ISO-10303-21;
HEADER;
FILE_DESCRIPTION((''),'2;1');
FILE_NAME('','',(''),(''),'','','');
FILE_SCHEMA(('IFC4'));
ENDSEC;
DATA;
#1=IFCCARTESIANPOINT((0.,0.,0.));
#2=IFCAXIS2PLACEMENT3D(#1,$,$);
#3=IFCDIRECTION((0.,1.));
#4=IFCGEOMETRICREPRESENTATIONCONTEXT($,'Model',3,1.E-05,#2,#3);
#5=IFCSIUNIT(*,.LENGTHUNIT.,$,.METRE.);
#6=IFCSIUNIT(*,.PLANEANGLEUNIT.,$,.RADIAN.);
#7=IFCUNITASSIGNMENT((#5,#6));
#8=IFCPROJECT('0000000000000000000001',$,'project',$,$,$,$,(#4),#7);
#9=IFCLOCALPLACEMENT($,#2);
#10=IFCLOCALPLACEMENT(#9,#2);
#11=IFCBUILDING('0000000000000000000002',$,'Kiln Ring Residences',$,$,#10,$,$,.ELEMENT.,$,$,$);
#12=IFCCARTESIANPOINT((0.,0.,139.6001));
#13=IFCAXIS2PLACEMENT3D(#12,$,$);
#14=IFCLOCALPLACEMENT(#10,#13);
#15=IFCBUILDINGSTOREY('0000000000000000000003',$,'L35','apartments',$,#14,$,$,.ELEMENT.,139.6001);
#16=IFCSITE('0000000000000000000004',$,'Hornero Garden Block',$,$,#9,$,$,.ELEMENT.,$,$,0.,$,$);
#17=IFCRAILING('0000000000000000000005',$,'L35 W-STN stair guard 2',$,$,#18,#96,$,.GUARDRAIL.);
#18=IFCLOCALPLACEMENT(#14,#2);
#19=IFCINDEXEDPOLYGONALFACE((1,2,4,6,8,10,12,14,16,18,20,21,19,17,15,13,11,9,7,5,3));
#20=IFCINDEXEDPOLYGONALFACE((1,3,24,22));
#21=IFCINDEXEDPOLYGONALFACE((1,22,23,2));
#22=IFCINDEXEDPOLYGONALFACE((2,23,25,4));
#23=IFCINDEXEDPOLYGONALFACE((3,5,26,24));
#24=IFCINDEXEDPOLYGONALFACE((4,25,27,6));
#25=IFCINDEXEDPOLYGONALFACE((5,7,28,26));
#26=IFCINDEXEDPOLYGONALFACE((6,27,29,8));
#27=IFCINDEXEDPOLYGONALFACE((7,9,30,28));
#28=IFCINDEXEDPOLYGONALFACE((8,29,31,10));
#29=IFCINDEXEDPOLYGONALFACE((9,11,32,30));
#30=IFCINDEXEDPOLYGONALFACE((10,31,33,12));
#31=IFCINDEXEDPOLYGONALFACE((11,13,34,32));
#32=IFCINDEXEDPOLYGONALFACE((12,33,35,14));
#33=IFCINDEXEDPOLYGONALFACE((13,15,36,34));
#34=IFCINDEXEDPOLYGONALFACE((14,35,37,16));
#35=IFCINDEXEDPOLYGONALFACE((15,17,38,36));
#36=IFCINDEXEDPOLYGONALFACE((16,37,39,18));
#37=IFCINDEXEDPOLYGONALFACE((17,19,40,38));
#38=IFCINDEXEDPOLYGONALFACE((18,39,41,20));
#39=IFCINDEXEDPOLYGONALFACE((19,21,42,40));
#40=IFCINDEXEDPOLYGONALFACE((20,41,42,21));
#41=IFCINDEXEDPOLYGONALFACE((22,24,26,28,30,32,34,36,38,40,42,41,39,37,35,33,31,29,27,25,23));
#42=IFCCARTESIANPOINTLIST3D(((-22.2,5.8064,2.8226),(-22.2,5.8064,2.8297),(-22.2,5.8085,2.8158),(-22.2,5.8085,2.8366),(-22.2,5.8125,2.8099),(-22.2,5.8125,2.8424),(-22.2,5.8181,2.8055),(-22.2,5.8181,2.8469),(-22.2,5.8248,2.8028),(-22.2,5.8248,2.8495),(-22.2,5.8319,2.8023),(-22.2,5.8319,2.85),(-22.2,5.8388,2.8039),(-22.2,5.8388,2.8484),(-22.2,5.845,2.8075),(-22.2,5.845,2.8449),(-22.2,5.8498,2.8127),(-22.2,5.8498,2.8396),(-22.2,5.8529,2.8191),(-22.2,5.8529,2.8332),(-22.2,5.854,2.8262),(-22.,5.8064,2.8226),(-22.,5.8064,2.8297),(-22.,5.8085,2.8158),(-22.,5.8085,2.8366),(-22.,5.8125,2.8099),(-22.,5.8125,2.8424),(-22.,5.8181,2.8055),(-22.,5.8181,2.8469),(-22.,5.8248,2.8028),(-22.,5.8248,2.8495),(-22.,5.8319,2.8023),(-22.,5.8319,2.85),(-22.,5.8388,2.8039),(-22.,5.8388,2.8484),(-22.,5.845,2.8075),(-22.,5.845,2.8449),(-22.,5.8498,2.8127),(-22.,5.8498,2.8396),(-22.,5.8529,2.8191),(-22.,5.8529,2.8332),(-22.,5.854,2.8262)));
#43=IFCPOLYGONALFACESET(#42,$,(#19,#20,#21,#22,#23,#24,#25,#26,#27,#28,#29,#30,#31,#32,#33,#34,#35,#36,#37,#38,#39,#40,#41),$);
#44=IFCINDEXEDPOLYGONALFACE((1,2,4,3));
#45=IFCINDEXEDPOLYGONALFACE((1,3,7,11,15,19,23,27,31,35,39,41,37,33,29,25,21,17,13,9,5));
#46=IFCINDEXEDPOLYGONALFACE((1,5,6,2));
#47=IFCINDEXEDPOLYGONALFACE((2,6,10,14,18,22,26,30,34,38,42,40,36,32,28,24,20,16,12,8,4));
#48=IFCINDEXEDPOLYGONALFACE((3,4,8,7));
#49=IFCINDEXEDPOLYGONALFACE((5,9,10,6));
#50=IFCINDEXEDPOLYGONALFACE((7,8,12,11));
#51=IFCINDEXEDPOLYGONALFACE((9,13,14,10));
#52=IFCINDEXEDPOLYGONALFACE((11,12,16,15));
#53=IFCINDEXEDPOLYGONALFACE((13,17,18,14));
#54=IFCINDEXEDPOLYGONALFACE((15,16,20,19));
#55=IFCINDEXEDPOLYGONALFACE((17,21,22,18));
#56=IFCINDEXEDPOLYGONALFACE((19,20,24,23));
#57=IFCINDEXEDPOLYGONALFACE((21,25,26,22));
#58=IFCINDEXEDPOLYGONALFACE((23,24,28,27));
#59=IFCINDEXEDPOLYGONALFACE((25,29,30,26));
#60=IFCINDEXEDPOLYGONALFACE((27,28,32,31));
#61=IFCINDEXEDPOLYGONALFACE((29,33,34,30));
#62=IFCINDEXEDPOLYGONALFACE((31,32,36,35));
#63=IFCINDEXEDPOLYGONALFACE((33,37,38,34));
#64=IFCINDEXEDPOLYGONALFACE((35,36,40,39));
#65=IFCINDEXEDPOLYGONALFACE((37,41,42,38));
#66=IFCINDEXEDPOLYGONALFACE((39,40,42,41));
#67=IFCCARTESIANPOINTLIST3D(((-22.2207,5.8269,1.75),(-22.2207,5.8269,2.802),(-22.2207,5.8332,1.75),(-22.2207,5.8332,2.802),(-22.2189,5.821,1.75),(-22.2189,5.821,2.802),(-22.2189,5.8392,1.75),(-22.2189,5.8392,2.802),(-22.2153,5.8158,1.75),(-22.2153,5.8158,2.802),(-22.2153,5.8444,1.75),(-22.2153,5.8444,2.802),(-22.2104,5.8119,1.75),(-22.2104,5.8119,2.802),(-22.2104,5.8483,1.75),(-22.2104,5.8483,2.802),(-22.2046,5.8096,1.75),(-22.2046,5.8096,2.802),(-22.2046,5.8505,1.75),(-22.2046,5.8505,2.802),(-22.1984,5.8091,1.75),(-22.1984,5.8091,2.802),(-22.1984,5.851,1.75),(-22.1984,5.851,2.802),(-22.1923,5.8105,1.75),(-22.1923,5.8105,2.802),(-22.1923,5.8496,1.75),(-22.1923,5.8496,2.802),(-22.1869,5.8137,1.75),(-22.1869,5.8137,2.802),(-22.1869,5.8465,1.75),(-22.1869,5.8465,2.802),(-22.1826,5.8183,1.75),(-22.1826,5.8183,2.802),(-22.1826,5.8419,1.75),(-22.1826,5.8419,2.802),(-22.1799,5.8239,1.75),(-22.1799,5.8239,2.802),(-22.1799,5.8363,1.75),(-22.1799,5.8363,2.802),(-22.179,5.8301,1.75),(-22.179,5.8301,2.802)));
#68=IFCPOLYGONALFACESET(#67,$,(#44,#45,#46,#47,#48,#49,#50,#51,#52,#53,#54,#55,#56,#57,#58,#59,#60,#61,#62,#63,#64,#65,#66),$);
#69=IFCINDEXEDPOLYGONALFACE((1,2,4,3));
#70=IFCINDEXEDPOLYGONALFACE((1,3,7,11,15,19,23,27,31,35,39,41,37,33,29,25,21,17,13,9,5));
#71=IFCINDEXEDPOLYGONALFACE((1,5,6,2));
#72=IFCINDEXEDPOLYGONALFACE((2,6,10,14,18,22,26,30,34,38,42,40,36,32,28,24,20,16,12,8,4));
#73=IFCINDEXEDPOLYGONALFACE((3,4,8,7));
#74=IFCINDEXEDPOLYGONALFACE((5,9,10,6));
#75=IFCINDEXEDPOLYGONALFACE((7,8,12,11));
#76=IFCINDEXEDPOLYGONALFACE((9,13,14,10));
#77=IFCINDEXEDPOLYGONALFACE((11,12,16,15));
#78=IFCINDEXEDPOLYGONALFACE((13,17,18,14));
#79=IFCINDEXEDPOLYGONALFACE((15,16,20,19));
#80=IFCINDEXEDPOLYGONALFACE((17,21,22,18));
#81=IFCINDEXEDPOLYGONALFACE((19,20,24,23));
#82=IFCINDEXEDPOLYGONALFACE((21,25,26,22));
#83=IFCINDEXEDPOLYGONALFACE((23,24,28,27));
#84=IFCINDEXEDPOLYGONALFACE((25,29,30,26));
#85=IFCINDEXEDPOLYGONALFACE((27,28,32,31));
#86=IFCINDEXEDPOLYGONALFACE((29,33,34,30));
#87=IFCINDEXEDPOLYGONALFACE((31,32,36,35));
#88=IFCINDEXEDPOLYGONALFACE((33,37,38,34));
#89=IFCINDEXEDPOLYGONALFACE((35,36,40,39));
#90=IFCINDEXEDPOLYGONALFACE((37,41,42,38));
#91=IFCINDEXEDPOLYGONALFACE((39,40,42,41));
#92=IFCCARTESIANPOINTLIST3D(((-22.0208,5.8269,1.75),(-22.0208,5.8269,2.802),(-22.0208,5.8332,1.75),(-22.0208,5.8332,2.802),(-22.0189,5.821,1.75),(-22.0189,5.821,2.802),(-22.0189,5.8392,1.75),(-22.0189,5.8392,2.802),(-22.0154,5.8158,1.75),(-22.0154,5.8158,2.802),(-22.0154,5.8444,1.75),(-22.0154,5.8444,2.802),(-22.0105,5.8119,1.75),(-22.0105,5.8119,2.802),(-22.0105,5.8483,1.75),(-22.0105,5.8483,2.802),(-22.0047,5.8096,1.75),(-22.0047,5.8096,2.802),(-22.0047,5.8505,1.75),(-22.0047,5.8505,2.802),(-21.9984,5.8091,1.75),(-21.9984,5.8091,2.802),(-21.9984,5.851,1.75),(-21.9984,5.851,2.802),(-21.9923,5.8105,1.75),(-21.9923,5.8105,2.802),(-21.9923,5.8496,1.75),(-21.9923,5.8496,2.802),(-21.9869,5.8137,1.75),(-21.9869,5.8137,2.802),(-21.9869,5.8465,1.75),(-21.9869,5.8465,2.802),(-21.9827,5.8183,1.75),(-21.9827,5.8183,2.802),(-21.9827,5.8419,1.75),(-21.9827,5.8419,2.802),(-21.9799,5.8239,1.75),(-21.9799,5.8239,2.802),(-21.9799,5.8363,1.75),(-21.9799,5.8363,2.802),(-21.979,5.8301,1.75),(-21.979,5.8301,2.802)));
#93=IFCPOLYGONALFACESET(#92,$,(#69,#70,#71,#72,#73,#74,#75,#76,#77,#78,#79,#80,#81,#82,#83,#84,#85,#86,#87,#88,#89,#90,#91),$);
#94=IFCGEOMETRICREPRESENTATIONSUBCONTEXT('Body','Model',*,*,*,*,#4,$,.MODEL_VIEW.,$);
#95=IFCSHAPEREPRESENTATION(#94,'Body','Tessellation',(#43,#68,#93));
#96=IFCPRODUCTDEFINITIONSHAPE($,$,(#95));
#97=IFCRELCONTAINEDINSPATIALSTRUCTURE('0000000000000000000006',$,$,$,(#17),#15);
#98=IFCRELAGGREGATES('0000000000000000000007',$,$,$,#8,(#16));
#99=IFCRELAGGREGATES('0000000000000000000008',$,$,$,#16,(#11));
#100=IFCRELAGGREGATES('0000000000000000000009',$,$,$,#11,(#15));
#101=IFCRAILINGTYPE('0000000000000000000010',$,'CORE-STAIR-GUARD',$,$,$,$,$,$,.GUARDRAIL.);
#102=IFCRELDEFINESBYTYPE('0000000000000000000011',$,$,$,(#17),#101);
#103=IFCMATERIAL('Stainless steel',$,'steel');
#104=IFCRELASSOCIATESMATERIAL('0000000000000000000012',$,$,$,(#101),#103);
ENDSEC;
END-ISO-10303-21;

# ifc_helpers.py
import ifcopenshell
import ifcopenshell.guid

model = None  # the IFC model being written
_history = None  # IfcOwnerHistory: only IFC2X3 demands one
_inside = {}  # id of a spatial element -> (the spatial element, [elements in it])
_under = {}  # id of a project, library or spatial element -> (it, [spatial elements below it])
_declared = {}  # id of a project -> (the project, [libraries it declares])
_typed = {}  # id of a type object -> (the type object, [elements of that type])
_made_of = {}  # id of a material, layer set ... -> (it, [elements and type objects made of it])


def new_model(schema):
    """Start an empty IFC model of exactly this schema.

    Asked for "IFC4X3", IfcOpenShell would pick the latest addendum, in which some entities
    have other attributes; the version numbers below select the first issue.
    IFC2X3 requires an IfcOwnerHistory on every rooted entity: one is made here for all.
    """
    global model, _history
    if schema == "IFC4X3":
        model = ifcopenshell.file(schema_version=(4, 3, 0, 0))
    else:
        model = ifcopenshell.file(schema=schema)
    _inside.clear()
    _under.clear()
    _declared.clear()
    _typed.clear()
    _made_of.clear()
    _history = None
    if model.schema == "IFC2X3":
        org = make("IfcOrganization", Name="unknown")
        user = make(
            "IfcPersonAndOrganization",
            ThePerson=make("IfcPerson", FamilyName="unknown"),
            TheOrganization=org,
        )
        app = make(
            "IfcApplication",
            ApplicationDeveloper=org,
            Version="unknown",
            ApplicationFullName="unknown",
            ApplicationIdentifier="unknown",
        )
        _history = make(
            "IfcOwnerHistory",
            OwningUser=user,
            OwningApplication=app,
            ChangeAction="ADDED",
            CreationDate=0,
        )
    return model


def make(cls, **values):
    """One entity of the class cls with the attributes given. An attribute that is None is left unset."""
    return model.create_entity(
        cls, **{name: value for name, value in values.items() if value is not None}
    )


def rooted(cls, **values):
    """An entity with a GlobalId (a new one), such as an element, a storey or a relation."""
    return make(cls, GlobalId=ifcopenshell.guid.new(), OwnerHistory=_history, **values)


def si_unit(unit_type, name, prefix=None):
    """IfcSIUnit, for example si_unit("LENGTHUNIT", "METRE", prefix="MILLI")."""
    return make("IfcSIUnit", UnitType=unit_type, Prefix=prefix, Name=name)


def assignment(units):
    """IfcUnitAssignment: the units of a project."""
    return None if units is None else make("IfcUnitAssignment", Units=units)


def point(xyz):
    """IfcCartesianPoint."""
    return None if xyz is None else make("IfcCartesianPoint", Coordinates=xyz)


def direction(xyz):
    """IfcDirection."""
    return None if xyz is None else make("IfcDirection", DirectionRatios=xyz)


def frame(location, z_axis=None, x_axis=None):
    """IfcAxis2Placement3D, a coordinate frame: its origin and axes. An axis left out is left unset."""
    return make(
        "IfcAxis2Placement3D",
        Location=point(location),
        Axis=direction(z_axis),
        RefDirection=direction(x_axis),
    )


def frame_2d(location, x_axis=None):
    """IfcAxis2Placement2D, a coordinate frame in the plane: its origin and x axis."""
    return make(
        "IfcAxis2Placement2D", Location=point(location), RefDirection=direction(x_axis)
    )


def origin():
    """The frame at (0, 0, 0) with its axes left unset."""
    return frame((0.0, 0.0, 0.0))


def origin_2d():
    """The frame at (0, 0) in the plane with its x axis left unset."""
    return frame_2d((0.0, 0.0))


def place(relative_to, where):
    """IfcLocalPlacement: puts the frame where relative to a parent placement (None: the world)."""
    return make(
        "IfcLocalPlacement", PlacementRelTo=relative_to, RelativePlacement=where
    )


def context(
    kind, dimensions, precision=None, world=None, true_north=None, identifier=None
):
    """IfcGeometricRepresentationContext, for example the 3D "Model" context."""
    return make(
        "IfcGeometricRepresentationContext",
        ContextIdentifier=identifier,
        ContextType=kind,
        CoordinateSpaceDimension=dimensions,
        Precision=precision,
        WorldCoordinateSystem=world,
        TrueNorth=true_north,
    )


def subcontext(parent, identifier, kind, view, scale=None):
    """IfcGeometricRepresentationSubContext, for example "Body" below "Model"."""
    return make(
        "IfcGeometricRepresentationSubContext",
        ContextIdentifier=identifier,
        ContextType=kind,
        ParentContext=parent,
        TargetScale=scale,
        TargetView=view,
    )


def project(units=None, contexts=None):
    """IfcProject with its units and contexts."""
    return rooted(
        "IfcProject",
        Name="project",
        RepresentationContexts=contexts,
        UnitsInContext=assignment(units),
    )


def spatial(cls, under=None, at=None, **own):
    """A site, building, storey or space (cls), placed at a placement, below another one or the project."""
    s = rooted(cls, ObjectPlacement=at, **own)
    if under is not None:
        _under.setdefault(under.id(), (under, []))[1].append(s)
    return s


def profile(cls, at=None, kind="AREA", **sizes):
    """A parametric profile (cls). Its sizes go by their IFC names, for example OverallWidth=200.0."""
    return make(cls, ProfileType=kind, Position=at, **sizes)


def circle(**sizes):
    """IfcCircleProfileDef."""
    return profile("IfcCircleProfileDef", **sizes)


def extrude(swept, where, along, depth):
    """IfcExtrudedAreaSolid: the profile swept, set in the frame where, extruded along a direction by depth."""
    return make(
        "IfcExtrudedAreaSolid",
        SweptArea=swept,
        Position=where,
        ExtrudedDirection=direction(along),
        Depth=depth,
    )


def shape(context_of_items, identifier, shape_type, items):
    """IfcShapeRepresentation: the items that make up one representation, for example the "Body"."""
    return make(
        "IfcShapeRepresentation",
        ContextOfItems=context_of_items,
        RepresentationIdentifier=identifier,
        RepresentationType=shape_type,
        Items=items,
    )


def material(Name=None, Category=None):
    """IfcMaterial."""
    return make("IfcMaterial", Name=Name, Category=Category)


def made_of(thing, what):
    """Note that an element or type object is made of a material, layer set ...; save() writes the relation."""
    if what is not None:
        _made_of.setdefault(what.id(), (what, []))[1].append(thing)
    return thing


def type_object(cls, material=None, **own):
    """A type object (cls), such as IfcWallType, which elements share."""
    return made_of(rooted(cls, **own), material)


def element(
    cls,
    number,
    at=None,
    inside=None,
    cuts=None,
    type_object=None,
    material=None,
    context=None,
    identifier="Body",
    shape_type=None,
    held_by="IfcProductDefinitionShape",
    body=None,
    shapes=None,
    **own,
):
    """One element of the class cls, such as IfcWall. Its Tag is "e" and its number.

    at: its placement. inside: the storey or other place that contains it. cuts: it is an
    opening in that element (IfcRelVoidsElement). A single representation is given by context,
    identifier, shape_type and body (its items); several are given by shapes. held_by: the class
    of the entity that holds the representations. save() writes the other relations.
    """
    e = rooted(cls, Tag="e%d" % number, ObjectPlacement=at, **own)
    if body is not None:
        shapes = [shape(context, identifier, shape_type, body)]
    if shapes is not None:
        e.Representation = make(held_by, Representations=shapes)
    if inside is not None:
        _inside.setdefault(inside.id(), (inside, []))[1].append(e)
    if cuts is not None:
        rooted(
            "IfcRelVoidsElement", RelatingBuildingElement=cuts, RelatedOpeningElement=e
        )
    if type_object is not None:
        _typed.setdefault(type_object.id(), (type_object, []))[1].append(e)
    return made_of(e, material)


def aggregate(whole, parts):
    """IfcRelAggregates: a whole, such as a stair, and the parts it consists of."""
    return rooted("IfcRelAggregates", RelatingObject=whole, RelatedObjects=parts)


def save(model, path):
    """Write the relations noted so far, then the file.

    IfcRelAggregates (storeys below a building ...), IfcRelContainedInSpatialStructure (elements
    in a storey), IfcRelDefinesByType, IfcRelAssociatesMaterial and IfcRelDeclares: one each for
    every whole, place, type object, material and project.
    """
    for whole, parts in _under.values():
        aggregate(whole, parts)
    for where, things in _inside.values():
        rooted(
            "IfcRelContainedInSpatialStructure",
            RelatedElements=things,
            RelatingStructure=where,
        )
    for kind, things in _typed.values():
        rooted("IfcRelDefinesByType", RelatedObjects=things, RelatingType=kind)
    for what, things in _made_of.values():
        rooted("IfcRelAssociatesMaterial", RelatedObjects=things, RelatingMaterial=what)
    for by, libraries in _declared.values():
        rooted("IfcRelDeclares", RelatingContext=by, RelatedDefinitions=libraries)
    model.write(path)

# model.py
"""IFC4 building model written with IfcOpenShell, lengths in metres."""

from ifc_helpers import new_model, si_unit, direction, frame, origin, origin_2d, place, context, subcontext, project, spatial, circle, extrude, material, type_object, element, save


model = new_model("IFC4")

# Units and contexts
model_context = context("Model", 3, precision=1e-05, world=origin(), true_north=direction((0.0, 1.0)))
body_context = subcontext(model_context, "Body", "Model", "MODEL_VIEW")
ifc_project = project(units=[si_unit("LENGTHUNIT", "METRE"), si_unit("PLANEANGLEUNIT", "RADIAN")], contexts=[model_context])

# Site, building, storey
site_placement = place(None, origin())
site = spatial("IfcSite", under=ifc_project, at=site_placement, Name="Hornero Garden Block", CompositionType="ELEMENT", RefElevation=0.0)
building_placement = place(site_placement, origin())
building = spatial("IfcBuilding", under=site, at=building_placement, Name="Kiln Ring Residences", CompositionType="ELEMENT")
storey_placement = place(building_placement, frame((0.0, 0.0, 139.6001)))
storey = spatial("IfcBuildingStorey", under=building, at=storey_placement, Name="L35", Description="apartments", CompositionType="ELEMENT", Elevation=139.6001)

# Railing
ifc_material_1 = material(Name="Stainless steel", Category="steel")
railing_type_1 = type_object("IfcRailingType", Name="CORE-STAIR-GUARD", PredefinedType="GUARDRAIL", material=ifc_material_1)
railing_1_placement = place(storey_placement, frame((-22.2, 5.8301, 1.75)))
element("IfcRailing", 1, at=railing_1_placement, inside=storey, type_object=railing_type_1, Name="L35 W-STN stair guard 2", PredefinedType="GUARDRAIL", context=body_context, shape_type="SweptSolid", body=[
    extrude(circle(Radius=0.0239, at=origin_2d()), frame((0.0, 0.0, 1.0762), z_axis=(1.0, 0.0, 0.0), x_axis=(0.0, 1.0, 0.0)), (0.0, 0.0, 1.0), 0.2),
    extrude(circle(Radius=0.021, at=origin_2d()), origin(), (0.0, 0.0, 1.0), 1.052),
    extrude(circle(Radius=0.021, at=origin_2d()), frame((0.2, 0.0, 0.0)), (0.0, 0.0, 1.0), 1.052),
])

save(model, "model.ifc")
